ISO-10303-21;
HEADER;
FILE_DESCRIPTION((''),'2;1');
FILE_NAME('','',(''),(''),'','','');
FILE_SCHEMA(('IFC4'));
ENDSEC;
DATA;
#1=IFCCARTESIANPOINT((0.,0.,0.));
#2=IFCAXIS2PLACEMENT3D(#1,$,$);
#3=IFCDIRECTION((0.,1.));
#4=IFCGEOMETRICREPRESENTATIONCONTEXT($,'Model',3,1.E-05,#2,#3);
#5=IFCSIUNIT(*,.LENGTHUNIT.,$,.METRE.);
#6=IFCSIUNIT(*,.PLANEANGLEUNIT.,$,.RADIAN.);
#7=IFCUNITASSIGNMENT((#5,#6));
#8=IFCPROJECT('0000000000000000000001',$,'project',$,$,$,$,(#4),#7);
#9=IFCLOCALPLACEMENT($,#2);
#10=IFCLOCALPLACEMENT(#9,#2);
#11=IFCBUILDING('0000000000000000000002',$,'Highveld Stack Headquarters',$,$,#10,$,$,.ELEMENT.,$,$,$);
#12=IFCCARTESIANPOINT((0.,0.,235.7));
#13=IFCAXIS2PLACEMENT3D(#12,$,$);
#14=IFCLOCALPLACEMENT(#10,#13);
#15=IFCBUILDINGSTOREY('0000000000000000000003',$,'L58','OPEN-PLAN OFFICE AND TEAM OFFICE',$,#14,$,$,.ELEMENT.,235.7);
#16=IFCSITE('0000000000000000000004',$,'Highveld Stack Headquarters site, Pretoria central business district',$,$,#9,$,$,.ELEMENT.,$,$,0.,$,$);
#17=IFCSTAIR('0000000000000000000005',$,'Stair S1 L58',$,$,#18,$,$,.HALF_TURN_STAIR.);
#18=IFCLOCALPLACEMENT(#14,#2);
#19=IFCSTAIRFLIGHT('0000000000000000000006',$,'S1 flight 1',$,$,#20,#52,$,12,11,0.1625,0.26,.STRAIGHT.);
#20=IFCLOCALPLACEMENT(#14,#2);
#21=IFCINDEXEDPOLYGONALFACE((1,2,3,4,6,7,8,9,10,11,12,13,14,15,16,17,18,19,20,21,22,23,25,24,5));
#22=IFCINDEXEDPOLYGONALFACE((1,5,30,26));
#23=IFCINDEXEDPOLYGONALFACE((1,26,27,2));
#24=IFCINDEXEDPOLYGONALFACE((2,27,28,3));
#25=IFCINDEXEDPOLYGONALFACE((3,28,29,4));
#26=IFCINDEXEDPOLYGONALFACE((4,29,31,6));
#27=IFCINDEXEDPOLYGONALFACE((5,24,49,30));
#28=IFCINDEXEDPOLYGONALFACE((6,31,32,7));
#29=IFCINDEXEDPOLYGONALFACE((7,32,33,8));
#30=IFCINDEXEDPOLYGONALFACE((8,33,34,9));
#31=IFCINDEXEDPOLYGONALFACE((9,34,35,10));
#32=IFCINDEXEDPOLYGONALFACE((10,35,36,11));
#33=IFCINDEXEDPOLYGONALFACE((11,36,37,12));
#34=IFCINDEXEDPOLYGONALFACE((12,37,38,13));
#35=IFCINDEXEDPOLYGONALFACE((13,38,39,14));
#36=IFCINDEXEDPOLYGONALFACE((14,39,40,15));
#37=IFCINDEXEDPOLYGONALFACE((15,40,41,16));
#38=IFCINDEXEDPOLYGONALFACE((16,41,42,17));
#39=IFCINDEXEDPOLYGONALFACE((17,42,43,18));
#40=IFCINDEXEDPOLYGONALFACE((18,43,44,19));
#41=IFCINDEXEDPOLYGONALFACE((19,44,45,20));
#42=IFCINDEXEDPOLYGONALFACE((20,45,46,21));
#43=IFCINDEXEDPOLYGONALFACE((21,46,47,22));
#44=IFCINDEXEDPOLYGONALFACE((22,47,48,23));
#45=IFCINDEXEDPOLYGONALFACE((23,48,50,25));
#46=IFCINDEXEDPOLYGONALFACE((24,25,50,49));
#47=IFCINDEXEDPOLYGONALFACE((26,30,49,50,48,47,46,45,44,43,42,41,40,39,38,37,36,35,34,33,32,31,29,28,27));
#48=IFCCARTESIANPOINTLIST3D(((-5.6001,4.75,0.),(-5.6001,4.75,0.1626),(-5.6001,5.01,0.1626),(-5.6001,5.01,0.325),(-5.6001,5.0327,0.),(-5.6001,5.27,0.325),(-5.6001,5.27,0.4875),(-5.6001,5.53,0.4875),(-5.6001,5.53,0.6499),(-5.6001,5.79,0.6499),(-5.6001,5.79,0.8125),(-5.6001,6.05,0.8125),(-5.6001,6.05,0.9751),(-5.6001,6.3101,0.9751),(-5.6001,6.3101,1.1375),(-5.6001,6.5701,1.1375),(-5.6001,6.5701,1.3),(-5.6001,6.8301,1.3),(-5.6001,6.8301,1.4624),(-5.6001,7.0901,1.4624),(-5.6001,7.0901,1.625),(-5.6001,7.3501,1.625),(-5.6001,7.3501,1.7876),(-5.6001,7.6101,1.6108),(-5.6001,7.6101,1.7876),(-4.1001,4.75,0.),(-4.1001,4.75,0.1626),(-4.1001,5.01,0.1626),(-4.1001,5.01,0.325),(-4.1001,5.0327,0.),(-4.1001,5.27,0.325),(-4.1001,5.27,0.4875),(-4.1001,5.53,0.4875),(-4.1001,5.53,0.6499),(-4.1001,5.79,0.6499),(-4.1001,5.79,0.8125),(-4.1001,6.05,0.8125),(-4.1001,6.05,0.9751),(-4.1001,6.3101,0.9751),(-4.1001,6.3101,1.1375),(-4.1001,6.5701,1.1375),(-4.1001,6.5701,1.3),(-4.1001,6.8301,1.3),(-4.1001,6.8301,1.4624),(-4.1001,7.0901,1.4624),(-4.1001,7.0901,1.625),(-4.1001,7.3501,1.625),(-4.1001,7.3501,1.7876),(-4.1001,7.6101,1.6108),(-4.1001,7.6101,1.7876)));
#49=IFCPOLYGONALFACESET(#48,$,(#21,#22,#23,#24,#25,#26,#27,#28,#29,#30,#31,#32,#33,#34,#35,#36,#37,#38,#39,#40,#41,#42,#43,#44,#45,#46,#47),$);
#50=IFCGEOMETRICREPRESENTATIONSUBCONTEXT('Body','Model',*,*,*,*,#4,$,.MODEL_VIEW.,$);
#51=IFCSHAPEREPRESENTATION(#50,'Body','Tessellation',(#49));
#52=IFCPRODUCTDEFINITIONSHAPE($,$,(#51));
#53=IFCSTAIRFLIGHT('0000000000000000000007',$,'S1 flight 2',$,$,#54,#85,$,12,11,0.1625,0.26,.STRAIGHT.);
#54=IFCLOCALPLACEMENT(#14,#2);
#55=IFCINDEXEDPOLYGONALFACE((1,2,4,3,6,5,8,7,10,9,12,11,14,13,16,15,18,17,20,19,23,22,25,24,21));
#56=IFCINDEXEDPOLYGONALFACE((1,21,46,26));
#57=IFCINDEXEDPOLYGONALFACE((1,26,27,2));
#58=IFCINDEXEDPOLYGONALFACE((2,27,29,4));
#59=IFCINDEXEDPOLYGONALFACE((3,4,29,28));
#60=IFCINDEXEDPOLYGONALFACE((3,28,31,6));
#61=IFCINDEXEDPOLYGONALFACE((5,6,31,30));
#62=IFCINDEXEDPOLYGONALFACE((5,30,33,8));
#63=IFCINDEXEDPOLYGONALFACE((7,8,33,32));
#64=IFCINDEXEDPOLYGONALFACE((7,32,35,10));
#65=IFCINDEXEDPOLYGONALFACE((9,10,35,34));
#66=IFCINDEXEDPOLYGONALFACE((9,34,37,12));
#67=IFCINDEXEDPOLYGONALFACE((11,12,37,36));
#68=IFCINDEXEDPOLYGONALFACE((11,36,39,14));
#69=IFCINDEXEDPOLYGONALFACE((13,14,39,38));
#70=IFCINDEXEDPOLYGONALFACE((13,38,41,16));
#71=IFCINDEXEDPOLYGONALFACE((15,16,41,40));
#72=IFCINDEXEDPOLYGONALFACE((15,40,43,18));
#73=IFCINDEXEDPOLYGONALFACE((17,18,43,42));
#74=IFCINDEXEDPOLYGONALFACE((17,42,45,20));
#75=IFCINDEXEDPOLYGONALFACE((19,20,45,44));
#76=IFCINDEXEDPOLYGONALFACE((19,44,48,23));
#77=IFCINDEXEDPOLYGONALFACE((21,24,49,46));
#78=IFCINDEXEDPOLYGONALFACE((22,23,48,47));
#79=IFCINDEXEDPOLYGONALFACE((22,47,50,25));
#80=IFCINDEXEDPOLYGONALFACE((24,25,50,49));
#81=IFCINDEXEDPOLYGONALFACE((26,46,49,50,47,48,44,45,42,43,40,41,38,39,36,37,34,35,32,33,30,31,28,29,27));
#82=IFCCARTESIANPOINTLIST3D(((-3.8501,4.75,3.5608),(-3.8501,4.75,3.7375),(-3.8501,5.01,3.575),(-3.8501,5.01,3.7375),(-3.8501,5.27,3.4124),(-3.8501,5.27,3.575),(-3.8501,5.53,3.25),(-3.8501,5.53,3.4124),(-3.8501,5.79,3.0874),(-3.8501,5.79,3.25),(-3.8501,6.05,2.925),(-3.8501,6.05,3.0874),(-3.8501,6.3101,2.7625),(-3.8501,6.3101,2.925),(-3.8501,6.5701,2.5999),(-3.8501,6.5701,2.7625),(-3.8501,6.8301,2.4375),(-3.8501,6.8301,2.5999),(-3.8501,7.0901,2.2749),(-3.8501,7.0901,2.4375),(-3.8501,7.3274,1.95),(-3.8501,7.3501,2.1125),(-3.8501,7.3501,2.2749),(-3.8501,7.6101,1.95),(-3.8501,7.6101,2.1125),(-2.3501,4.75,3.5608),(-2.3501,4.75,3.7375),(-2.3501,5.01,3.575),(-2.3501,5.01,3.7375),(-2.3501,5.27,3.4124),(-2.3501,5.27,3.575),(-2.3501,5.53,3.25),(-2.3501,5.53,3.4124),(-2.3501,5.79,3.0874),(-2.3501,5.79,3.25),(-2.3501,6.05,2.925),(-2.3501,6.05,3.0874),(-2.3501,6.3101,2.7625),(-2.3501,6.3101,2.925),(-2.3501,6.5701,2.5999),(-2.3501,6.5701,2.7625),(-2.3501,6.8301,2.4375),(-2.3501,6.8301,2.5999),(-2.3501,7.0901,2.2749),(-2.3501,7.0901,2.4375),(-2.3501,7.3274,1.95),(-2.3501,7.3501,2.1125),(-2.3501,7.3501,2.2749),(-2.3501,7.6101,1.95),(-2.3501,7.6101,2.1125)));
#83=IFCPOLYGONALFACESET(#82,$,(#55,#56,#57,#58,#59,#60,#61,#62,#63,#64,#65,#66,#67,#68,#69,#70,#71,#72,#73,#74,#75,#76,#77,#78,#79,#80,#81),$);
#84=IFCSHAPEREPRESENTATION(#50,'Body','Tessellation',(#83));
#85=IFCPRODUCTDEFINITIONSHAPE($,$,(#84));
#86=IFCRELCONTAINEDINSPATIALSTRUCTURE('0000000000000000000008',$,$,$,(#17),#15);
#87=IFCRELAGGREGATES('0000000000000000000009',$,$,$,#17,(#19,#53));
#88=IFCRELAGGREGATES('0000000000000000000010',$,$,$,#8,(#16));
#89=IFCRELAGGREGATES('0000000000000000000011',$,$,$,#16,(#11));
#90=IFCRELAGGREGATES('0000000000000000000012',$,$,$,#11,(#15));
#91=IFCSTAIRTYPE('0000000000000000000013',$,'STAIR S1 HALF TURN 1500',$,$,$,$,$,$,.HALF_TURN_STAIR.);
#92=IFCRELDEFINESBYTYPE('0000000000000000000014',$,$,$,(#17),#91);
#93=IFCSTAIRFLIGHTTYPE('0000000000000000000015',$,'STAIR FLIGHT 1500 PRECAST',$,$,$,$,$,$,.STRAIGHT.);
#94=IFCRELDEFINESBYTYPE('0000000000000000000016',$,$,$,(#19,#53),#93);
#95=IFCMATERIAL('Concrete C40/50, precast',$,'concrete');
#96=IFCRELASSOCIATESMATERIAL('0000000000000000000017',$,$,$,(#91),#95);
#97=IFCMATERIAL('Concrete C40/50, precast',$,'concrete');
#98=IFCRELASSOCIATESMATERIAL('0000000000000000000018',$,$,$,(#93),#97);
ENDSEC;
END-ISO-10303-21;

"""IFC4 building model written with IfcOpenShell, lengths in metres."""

from ifc_helpers import new_model, si_unit, direction, frame, origin, place, context, subcontext, project, spatial, polyline, outline, extrude, material, type_object, element, aggregate, save


model = new_model("IFC4")

# Units and contexts
model_context = context("Model", 3, precision=1e-05, world=origin(), true_north=direction((0.0, 1.0)))
body_context = subcontext(model_context, "Body", "Model", "MODEL_VIEW")
ifc_project = project(units=[si_unit("LENGTHUNIT", "METRE"), si_unit("PLANEANGLEUNIT", "RADIAN")], contexts=[model_context])

# Site, building, storey
site_placement = place(None, origin())
site = spatial("IfcSite", under=ifc_project, at=site_placement, Name="Highveld Stack Headquarters site, Pretoria central business district", CompositionType="ELEMENT", RefElevation=0.0)
building_placement = place(site_placement, origin())
building = spatial("IfcBuilding", under=site, at=building_placement, Name="Highveld Stack Headquarters", CompositionType="ELEMENT")
storey_placement = place(building_placement, frame((0.0, 0.0, 235.7)))
storey = spatial("IfcBuildingStorey", under=building, at=storey_placement, Name="L58", Description="OPEN-PLAN OFFICE AND TEAM OFFICE", CompositionType="ELEMENT", Elevation=235.7)

# Stair
ifc_material_1 = material(Name="Concrete C40/50, precast", Category="concrete")
stair_type_1 = type_object("IfcStairType", Name="STAIR S1 HALF TURN 1500", PredefinedType="HALF_TURN_STAIR", material=ifc_material_1)
stair_1_placement = place(storey_placement, origin())
stair_1 = element("IfcStair", 1, at=stair_1_placement, inside=storey, type_object=stair_type_1, Name="Stair S1 L58", PredefinedType="HALF_TURN_STAIR")

# Stair flights
ifc_material_2 = material(Name="Concrete C40/50, precast", Category="concrete")
stair_flight_type = type_object("IfcStairFlightType", Name="STAIR FLIGHT 1500 PRECAST", PredefinedType="STRAIGHT", material=ifc_material_2)
stair_flight_1_placement = place(storey_placement, frame((-4.8501, 4.75, 0.0), z_axis=(0.0, 0.0, 1.0), x_axis=(0.0, 1.0, 0.0)))
stair_flight_1 = element("IfcStairFlight", 2, at=stair_flight_1_placement, type_object=stair_flight_type, Name="S1 flight 1", NumberOfRisers=12, NumberOfTreads=11, PredefinedType="STRAIGHT", RiserHeight=0.1625, TreadLength=0.26, context=body_context, shape_type="SweptSolid", body=[
    extrude(outline(polyline([(0.0, 0.0), (0.0, 0.1626), (0.26, 0.1626), (0.26, 0.325), (0.52, 0.325), (0.52, 0.4875), (0.78, 0.4875), (0.78, 0.6499), (1.04, 0.6499), (1.04, 0.8125), (1.3, 0.8125), (1.3, 0.9751), (1.5601, 0.9751), (1.5601, 1.1375), (1.8201, 1.1375), (1.8201, 1.3), (2.0801, 1.3), (2.0801, 1.4624), (2.3401, 1.4624), (2.3401, 1.625), (2.6001, 1.625), (2.6001, 1.7876), (2.8601, 1.7876), (2.8601, 1.95), (2.8601, 1.6108), (0.2827, 0.0), (0.0, 0.0)])), frame((0.0, 0.75, 0.0), z_axis=(0.0, -1.0, 0.0), x_axis=(1.0, 0.0, 0.0)), (0.0, 0.0, 1.0), 1.5),
])
stair_flight_2_placement = place(storey_placement, frame((-3.1001, 7.6101, 1.95), z_axis=(0.0, 0.0, 1.0), x_axis=(0.0, -1.0, 0.0)))
stair_flight_2 = element("IfcStairFlight", 3, at=stair_flight_2_placement, type_object=stair_flight_type, Name="S1 flight 2", NumberOfRisers=12, NumberOfTreads=11, PredefinedType="STRAIGHT", RiserHeight=0.1625, TreadLength=0.26, context=body_context, shape_type="SweptSolid", body=[
    extrude(outline(polyline([(0.0, 0.0), (0.0, 0.1626), (0.26, 0.1626), (0.26, 0.325), (0.52, 0.325), (0.52, 0.4875), (0.78, 0.4875), (0.78, 0.6499), (1.04, 0.6499), (1.04, 0.8125), (1.3, 0.8125), (1.3, 0.9751), (1.5601, 0.9751), (1.5601, 1.1375), (1.8201, 1.1375), (1.8201, 1.3), (2.0801, 1.3), (2.0801, 1.4624), (2.3401, 1.4624), (2.3401, 1.625), (2.6001, 1.625), (2.6001, 1.7876), (2.8601, 1.7876), (2.8601, 1.95), (2.8601, 1.6108), (0.2827, 0.0), (0.0, 0.0)])), frame((0.0, 0.75, 0.0), z_axis=(0.0, -1.0, 0.0), x_axis=(1.0, 0.0, 0.0)), (0.0, 0.0, 1.0), 1.5),
])
aggregate(stair_1, [stair_flight_1, stair_flight_2])

save(model, "model.ifc")
